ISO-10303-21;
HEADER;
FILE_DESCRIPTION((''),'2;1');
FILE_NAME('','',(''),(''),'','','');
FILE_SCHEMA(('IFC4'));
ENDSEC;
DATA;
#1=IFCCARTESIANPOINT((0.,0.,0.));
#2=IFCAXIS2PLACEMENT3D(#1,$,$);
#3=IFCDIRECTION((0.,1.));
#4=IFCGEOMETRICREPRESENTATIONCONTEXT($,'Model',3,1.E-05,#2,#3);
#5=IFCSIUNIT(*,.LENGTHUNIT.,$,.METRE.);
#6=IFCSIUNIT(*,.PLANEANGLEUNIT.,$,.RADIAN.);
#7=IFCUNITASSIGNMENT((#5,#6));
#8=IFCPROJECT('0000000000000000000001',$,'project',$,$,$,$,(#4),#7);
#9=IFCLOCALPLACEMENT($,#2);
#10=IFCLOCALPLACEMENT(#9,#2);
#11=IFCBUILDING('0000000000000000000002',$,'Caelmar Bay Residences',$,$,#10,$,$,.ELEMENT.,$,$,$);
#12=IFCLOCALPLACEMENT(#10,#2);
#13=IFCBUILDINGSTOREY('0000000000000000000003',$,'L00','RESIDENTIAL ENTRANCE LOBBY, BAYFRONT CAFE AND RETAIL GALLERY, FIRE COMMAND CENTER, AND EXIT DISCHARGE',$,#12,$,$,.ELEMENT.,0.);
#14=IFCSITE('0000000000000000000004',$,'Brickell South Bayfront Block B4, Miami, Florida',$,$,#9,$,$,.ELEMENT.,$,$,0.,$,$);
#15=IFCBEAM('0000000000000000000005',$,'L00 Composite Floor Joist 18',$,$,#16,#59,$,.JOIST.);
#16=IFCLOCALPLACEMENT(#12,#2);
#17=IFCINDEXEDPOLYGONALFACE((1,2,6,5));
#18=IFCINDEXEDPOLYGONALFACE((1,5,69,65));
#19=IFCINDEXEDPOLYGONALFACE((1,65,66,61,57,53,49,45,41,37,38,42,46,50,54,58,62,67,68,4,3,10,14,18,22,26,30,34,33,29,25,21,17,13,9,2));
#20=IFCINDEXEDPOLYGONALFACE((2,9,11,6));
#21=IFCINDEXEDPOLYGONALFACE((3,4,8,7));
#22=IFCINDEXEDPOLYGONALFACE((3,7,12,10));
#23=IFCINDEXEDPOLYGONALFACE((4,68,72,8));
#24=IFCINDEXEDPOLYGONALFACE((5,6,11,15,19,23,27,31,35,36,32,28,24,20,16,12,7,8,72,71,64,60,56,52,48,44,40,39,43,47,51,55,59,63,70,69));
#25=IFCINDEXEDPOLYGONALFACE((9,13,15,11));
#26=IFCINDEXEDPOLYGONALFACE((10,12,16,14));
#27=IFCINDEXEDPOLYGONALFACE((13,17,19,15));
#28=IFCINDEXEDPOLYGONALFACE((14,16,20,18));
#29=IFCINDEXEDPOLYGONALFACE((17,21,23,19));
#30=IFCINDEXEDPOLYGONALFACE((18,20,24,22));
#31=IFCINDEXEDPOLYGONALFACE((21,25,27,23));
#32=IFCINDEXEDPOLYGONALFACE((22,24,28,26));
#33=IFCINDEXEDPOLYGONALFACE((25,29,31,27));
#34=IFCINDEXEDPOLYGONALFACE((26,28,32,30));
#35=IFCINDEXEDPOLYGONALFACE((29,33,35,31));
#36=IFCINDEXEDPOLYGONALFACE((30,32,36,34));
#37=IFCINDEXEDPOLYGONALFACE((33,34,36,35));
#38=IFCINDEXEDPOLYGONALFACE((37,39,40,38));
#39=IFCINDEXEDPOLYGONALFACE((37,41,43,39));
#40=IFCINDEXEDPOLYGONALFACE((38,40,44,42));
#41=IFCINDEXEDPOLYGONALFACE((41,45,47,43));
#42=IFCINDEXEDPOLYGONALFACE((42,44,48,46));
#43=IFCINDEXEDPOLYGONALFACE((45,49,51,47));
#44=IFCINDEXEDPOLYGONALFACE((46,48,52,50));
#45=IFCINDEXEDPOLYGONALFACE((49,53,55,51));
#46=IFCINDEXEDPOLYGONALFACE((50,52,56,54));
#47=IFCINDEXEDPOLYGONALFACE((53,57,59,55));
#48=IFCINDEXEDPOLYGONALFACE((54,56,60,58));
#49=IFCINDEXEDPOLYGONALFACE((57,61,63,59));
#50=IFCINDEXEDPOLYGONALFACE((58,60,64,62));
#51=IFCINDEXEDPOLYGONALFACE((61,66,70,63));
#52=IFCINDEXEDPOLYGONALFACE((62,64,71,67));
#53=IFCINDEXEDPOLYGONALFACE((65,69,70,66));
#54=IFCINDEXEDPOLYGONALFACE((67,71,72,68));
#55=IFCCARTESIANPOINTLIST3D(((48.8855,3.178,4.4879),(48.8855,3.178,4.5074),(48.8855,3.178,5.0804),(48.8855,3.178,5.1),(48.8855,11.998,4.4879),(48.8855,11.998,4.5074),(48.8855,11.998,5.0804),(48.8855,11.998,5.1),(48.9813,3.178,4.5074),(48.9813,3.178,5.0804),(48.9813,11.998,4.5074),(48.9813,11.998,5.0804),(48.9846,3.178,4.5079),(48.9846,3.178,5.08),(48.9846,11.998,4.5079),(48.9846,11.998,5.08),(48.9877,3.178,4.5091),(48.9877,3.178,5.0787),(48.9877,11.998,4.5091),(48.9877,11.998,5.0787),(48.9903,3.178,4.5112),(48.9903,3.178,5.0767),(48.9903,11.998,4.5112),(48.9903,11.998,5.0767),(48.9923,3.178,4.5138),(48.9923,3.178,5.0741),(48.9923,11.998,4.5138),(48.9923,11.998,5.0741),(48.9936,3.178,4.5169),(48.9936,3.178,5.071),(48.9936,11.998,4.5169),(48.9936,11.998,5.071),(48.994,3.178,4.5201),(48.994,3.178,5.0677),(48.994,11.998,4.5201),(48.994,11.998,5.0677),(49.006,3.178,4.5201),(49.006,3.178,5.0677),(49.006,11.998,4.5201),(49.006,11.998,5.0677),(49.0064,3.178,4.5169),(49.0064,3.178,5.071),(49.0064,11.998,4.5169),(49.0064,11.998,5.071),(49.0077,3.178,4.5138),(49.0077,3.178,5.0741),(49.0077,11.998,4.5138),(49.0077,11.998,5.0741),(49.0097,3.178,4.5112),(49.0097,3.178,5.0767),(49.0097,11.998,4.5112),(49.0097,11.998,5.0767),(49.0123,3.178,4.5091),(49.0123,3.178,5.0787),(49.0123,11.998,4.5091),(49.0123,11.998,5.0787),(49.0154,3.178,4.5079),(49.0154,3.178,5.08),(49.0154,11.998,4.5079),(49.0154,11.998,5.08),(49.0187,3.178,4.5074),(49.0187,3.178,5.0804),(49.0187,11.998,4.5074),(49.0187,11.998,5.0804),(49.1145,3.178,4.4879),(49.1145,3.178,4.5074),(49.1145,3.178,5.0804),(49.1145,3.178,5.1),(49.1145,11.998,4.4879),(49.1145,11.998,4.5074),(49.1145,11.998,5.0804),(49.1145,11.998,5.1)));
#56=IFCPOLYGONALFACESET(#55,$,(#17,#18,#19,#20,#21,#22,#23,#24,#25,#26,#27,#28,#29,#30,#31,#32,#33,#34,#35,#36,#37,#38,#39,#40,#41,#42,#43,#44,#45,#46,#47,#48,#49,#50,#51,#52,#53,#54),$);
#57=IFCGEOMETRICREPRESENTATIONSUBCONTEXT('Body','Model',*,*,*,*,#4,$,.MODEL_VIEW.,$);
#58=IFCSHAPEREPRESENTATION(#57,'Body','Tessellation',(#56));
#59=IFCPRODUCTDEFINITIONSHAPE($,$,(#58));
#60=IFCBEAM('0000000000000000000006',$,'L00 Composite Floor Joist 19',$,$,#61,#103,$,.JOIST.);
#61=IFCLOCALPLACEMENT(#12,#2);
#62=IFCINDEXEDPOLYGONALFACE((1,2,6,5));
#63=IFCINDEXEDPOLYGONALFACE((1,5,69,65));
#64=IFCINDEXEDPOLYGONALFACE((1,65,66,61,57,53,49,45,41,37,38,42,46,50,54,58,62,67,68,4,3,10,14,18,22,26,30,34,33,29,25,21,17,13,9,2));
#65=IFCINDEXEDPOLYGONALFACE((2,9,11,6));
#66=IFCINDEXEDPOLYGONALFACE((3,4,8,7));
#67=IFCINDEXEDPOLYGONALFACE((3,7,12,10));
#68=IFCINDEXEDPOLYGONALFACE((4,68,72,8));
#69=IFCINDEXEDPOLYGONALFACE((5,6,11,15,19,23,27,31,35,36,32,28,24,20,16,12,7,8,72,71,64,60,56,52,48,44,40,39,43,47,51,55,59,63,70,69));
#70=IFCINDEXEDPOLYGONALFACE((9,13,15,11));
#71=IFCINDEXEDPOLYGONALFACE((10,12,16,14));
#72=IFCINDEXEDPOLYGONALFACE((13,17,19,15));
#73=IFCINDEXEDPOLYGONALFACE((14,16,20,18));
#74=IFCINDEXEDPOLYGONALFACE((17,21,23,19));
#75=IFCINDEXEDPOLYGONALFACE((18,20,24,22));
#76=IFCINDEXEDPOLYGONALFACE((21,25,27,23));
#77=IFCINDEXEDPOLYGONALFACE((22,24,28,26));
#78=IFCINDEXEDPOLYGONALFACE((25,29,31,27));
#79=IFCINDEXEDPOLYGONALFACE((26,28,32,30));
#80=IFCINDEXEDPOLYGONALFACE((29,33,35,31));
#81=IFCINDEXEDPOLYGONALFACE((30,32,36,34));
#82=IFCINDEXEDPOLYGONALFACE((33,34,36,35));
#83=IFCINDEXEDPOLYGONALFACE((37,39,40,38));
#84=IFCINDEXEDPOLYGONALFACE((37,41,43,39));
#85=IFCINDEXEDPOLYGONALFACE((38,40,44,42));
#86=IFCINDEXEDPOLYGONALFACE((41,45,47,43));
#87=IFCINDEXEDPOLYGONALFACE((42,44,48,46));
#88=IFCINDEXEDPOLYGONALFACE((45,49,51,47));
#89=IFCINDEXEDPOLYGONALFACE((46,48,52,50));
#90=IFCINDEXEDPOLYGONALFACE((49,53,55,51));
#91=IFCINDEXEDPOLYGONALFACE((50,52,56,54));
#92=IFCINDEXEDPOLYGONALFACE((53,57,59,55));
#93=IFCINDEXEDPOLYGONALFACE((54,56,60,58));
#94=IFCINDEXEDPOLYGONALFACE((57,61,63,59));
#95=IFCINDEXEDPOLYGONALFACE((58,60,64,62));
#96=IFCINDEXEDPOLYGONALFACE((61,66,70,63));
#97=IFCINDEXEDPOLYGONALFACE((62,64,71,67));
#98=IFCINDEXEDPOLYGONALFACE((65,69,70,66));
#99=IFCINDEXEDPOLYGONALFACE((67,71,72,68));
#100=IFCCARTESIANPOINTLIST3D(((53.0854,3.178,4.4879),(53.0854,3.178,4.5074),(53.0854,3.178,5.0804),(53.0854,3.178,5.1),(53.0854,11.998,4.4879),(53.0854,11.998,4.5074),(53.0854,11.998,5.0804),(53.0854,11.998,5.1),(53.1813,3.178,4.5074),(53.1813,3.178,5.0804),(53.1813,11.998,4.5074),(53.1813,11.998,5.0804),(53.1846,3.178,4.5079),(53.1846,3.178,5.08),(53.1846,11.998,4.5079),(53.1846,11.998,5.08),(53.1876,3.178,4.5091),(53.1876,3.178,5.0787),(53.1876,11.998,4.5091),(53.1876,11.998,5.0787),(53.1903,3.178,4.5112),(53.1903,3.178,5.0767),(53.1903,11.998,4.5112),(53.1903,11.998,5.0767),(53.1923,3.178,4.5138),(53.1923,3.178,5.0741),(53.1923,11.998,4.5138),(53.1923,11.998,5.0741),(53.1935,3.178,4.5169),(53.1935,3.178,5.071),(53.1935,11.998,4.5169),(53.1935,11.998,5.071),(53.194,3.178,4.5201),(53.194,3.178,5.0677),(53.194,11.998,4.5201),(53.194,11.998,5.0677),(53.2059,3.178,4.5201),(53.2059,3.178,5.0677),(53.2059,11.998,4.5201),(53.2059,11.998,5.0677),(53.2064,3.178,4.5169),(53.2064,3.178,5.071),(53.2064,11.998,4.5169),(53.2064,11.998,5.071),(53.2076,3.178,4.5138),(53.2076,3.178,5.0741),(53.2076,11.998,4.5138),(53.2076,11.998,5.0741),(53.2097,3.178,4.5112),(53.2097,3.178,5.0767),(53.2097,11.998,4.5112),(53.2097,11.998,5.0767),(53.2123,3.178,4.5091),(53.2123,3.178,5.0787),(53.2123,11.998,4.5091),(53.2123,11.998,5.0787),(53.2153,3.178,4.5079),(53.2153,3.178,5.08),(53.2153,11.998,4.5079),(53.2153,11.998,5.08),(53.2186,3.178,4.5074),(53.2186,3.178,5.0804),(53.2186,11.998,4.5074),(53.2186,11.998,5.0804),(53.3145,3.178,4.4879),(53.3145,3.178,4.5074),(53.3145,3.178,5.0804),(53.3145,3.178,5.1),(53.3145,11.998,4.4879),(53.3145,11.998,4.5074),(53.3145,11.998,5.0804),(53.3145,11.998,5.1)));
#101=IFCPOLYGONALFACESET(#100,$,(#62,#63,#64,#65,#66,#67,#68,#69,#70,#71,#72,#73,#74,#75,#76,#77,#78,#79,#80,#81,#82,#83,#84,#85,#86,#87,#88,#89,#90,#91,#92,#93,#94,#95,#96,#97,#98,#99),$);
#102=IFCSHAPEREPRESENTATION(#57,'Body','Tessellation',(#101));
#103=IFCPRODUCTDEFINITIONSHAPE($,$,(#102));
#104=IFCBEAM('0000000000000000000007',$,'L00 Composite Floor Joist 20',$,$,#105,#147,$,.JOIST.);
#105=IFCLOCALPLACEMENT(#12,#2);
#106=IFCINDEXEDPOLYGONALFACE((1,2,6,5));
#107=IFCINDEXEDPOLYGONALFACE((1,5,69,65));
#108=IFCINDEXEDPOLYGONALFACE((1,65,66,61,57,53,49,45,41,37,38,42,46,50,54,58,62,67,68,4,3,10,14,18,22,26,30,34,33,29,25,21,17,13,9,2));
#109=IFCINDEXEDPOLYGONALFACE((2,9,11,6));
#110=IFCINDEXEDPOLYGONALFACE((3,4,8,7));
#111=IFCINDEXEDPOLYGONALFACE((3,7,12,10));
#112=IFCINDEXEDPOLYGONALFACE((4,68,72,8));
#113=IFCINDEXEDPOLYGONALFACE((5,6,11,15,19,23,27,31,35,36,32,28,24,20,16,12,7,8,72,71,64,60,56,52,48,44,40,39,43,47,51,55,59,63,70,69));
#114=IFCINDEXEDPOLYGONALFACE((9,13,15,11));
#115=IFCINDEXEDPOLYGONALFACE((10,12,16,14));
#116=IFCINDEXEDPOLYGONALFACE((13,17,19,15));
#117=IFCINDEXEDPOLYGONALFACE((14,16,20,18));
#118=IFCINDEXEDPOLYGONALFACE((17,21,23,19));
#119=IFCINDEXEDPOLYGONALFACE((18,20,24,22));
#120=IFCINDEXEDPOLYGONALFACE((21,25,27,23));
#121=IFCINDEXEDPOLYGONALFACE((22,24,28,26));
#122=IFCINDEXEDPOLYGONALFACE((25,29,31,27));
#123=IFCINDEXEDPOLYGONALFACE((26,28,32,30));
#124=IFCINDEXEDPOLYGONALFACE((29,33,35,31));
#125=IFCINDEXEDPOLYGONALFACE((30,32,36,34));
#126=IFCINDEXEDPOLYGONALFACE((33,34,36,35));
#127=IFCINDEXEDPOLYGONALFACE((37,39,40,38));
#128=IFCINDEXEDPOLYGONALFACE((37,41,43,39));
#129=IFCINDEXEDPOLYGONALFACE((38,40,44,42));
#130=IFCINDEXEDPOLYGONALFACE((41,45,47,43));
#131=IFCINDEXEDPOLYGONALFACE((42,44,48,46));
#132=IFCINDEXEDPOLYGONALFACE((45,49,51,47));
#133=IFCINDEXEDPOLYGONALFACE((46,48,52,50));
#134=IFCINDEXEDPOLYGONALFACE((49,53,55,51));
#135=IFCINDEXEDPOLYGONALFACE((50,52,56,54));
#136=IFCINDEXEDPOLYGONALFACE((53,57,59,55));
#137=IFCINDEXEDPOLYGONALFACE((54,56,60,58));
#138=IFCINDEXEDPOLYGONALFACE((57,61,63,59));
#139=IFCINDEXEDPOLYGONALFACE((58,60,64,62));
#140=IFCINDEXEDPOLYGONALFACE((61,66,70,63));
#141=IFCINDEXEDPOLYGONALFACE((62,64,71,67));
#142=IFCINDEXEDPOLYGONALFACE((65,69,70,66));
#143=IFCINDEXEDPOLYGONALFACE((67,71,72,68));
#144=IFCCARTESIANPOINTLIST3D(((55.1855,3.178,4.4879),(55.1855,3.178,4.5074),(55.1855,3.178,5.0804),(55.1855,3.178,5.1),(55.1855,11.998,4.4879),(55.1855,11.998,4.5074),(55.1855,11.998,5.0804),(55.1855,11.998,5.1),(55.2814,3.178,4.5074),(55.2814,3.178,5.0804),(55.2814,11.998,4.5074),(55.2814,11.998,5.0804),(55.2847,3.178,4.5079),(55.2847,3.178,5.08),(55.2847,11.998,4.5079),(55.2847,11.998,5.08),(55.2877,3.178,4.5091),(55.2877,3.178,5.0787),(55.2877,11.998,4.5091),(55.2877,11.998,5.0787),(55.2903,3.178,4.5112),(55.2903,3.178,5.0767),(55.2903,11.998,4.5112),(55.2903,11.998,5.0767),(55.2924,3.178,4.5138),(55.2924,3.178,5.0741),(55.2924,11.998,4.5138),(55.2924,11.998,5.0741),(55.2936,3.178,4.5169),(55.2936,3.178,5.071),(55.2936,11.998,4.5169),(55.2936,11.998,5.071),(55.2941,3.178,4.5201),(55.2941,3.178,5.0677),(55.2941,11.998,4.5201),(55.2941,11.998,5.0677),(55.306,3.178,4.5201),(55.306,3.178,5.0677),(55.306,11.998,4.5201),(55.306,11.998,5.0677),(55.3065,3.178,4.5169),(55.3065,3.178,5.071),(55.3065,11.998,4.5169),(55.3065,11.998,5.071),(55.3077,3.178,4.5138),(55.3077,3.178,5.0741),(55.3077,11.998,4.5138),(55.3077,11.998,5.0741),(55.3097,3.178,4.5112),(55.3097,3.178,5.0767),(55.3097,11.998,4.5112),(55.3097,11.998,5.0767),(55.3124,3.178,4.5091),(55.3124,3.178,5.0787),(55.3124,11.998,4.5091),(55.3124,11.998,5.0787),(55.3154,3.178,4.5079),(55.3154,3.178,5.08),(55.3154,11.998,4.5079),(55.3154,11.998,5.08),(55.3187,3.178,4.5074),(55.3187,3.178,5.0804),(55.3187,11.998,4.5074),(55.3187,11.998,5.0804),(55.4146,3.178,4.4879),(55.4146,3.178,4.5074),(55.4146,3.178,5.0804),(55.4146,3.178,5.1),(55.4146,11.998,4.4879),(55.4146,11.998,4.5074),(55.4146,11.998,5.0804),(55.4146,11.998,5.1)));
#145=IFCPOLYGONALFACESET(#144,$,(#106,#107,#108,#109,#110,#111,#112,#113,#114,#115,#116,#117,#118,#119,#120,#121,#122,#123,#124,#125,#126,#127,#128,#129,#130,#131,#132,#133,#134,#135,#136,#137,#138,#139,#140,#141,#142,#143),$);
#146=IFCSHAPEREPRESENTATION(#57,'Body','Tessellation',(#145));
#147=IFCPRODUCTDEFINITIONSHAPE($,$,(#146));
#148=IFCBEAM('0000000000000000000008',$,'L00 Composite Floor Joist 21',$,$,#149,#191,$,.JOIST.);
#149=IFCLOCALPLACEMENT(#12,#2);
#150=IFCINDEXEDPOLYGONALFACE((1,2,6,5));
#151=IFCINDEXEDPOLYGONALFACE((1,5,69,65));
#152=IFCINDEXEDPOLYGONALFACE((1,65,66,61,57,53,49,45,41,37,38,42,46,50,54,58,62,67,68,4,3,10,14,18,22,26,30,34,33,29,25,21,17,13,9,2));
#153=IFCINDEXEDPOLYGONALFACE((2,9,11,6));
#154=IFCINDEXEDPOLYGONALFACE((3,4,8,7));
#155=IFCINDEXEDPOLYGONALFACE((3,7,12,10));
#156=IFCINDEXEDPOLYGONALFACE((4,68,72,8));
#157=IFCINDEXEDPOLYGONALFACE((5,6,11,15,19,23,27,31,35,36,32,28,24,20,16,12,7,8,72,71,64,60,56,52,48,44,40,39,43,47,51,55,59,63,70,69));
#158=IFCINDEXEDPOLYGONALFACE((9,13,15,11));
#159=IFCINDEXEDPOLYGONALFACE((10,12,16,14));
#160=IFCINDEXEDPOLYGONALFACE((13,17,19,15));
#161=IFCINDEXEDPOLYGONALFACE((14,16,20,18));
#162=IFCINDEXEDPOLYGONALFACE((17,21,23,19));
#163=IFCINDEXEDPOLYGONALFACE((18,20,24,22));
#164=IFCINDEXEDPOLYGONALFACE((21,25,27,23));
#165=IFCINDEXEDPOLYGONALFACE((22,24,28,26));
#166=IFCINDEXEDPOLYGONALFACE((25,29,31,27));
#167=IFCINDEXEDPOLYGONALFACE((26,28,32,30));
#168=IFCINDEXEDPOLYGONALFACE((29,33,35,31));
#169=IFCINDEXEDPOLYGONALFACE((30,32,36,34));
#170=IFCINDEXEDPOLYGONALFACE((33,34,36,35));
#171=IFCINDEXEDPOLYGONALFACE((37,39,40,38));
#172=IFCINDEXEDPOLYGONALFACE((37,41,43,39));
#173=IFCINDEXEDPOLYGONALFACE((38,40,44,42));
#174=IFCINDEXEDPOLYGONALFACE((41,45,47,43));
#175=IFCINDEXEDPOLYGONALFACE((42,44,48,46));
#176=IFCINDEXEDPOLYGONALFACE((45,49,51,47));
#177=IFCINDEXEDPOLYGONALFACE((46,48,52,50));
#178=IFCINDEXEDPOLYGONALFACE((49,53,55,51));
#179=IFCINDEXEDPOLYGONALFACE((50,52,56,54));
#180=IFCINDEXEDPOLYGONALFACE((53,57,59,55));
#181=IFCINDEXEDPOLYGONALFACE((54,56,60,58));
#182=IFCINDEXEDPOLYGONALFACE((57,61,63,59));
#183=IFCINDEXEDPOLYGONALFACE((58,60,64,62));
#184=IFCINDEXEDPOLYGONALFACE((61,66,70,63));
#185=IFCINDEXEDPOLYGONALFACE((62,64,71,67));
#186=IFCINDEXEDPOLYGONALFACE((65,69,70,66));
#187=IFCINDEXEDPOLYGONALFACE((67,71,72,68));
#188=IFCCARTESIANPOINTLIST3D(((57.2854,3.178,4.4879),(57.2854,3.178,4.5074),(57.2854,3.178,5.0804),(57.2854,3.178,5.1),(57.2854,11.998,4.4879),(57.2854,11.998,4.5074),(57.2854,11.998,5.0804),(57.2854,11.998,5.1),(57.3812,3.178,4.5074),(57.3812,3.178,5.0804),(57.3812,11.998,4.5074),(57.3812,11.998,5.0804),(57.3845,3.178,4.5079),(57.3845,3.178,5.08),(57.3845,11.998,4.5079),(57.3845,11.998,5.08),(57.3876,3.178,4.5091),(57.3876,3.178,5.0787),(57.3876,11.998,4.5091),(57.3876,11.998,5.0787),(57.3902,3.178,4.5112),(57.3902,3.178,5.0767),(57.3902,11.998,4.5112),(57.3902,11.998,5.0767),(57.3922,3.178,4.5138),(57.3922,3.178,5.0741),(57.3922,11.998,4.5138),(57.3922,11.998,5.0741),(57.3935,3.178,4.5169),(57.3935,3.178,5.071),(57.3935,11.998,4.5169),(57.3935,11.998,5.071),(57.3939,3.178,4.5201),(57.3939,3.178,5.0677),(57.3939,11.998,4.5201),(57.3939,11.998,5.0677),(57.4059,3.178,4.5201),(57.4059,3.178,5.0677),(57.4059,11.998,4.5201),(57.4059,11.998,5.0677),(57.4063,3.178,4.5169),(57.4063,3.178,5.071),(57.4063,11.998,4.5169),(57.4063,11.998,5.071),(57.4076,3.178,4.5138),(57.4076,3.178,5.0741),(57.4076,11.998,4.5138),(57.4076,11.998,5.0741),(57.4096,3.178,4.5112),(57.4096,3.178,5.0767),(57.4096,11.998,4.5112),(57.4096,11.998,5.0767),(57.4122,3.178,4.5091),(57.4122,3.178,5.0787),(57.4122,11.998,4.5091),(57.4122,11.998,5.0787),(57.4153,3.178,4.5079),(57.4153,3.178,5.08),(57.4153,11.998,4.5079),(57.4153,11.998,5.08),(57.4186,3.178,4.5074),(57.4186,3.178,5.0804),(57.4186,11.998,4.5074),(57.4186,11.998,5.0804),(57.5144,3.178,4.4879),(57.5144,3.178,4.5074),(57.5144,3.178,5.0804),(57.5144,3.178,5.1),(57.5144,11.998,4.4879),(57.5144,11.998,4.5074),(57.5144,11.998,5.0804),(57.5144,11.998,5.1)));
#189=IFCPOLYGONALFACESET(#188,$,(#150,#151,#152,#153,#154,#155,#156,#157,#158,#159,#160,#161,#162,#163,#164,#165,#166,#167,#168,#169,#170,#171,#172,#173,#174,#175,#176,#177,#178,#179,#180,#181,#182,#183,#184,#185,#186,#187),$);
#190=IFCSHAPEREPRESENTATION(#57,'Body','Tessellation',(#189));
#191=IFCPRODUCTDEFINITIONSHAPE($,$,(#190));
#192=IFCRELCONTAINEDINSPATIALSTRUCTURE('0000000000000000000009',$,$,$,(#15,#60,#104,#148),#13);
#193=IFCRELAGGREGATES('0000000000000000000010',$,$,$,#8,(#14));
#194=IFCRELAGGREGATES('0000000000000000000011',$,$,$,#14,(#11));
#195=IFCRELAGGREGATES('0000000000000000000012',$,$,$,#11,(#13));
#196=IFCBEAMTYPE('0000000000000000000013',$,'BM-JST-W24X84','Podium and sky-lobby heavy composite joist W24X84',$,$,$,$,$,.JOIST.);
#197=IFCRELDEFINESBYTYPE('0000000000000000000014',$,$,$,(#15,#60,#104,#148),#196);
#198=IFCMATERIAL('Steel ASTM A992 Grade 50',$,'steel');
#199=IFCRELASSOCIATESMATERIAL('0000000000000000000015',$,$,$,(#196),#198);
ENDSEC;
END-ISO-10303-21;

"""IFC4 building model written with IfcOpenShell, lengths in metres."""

from ifc_helpers import new_model, si_unit, direction, frame, origin, origin_2d, place, context, subcontext, project, spatial, i_section, extrude, material, material_profile, profile_set, type_object, element, save


model = new_model("IFC4")

# Units and contexts
model_context = context("Model", 3, precision=1e-05, world=origin(), true_north=direction((0.0, 1.0)))
body_context = subcontext(model_context, "Body", "Model", "MODEL_VIEW")
ifc_project = project(units=[si_unit("LENGTHUNIT", "METRE"), si_unit("PLANEANGLEUNIT", "RADIAN")], contexts=[model_context])

# Site, building, storey
site_placement = place(None, origin())
site = spatial("IfcSite", under=ifc_project, at=site_placement, Name="Brickell South Bayfront Block B4, Miami, Florida", CompositionType="ELEMENT", RefElevation=0.0)
building_placement = place(site_placement, origin())
building = spatial("IfcBuilding", under=site, at=building_placement, Name="Caelmar Bay Residences", CompositionType="ELEMENT")
storey_placement = place(building_placement, origin())
storey = spatial("IfcBuildingStorey", under=building, at=storey_placement, Name="L00", Description="RESIDENTIAL ENTRANCE LOBBY, BAYFRONT CAFE AND RETAIL GALLERY, FIRE COMMAND CENTER, AND EXIT DISCHARGE", CompositionType="ELEMENT", Elevation=0.0)

# Beams
ifc_material_1 = material(Name="Steel ASTM A992 Grade 50", Category="steel")
ifc_material_profile_1 = material_profile(ifc_material_1, i_section(OverallWidth=0.229, OverallDepth=0.6121, WebThickness=0.012, FlangeThickness=0.0195, FilletRadius=0.0127, at=origin_2d()), Name="W24X84")
ifc_profile_set_1 = profile_set([ifc_material_profile_1], Name="Steel ASTM A992 Grade 50")
beam_type_1 = type_object("IfcBeamType", Name="BM-JST-W24X84", Description="Podium and sky-lobby heavy composite joist W24X84", PredefinedType="JOIST", material=ifc_profile_set_1)
for number, where, z_axis, x_axis, name in (
    (1, (49.0, 3.178, 4.7939), (0.0, 1.0, 0.0), (-1.0, 0.0, 0.0), "L00 Composite Floor Joist 18"),
    (2, (53.2, 3.178, 4.7939), (0.0, 1.0, 0.0), (-1.0, 0.0, 0.0), "L00 Composite Floor Joist 19"),
    (3, (55.3, 3.178, 4.7939), (0.0, 1.0, 0.0), (-1.0, 0.0, 0.0), "L00 Composite Floor Joist 20"),
    (4, (57.3999, 3.178, 4.7939), (0.0, 1.0, 0.0), (-1.0, 0.0, 0.0), "L00 Composite Floor Joist 21"),
):
    element("IfcBeam", number, at=place(storey_placement, frame(where, z_axis=z_axis, x_axis=x_axis)), inside=storey, type_object=beam_type_1, Name=name, PredefinedType="JOIST", context=body_context, shape_type="SweptSolid", body=[
        extrude(i_section(OverallWidth=0.229, OverallDepth=0.6121, WebThickness=0.012, FlangeThickness=0.0195, FilletRadius=0.0127, at=origin_2d()), origin(), (0.0, 0.0, 1.0), 8.8201),
    ])

save(model, "model.ifc")
